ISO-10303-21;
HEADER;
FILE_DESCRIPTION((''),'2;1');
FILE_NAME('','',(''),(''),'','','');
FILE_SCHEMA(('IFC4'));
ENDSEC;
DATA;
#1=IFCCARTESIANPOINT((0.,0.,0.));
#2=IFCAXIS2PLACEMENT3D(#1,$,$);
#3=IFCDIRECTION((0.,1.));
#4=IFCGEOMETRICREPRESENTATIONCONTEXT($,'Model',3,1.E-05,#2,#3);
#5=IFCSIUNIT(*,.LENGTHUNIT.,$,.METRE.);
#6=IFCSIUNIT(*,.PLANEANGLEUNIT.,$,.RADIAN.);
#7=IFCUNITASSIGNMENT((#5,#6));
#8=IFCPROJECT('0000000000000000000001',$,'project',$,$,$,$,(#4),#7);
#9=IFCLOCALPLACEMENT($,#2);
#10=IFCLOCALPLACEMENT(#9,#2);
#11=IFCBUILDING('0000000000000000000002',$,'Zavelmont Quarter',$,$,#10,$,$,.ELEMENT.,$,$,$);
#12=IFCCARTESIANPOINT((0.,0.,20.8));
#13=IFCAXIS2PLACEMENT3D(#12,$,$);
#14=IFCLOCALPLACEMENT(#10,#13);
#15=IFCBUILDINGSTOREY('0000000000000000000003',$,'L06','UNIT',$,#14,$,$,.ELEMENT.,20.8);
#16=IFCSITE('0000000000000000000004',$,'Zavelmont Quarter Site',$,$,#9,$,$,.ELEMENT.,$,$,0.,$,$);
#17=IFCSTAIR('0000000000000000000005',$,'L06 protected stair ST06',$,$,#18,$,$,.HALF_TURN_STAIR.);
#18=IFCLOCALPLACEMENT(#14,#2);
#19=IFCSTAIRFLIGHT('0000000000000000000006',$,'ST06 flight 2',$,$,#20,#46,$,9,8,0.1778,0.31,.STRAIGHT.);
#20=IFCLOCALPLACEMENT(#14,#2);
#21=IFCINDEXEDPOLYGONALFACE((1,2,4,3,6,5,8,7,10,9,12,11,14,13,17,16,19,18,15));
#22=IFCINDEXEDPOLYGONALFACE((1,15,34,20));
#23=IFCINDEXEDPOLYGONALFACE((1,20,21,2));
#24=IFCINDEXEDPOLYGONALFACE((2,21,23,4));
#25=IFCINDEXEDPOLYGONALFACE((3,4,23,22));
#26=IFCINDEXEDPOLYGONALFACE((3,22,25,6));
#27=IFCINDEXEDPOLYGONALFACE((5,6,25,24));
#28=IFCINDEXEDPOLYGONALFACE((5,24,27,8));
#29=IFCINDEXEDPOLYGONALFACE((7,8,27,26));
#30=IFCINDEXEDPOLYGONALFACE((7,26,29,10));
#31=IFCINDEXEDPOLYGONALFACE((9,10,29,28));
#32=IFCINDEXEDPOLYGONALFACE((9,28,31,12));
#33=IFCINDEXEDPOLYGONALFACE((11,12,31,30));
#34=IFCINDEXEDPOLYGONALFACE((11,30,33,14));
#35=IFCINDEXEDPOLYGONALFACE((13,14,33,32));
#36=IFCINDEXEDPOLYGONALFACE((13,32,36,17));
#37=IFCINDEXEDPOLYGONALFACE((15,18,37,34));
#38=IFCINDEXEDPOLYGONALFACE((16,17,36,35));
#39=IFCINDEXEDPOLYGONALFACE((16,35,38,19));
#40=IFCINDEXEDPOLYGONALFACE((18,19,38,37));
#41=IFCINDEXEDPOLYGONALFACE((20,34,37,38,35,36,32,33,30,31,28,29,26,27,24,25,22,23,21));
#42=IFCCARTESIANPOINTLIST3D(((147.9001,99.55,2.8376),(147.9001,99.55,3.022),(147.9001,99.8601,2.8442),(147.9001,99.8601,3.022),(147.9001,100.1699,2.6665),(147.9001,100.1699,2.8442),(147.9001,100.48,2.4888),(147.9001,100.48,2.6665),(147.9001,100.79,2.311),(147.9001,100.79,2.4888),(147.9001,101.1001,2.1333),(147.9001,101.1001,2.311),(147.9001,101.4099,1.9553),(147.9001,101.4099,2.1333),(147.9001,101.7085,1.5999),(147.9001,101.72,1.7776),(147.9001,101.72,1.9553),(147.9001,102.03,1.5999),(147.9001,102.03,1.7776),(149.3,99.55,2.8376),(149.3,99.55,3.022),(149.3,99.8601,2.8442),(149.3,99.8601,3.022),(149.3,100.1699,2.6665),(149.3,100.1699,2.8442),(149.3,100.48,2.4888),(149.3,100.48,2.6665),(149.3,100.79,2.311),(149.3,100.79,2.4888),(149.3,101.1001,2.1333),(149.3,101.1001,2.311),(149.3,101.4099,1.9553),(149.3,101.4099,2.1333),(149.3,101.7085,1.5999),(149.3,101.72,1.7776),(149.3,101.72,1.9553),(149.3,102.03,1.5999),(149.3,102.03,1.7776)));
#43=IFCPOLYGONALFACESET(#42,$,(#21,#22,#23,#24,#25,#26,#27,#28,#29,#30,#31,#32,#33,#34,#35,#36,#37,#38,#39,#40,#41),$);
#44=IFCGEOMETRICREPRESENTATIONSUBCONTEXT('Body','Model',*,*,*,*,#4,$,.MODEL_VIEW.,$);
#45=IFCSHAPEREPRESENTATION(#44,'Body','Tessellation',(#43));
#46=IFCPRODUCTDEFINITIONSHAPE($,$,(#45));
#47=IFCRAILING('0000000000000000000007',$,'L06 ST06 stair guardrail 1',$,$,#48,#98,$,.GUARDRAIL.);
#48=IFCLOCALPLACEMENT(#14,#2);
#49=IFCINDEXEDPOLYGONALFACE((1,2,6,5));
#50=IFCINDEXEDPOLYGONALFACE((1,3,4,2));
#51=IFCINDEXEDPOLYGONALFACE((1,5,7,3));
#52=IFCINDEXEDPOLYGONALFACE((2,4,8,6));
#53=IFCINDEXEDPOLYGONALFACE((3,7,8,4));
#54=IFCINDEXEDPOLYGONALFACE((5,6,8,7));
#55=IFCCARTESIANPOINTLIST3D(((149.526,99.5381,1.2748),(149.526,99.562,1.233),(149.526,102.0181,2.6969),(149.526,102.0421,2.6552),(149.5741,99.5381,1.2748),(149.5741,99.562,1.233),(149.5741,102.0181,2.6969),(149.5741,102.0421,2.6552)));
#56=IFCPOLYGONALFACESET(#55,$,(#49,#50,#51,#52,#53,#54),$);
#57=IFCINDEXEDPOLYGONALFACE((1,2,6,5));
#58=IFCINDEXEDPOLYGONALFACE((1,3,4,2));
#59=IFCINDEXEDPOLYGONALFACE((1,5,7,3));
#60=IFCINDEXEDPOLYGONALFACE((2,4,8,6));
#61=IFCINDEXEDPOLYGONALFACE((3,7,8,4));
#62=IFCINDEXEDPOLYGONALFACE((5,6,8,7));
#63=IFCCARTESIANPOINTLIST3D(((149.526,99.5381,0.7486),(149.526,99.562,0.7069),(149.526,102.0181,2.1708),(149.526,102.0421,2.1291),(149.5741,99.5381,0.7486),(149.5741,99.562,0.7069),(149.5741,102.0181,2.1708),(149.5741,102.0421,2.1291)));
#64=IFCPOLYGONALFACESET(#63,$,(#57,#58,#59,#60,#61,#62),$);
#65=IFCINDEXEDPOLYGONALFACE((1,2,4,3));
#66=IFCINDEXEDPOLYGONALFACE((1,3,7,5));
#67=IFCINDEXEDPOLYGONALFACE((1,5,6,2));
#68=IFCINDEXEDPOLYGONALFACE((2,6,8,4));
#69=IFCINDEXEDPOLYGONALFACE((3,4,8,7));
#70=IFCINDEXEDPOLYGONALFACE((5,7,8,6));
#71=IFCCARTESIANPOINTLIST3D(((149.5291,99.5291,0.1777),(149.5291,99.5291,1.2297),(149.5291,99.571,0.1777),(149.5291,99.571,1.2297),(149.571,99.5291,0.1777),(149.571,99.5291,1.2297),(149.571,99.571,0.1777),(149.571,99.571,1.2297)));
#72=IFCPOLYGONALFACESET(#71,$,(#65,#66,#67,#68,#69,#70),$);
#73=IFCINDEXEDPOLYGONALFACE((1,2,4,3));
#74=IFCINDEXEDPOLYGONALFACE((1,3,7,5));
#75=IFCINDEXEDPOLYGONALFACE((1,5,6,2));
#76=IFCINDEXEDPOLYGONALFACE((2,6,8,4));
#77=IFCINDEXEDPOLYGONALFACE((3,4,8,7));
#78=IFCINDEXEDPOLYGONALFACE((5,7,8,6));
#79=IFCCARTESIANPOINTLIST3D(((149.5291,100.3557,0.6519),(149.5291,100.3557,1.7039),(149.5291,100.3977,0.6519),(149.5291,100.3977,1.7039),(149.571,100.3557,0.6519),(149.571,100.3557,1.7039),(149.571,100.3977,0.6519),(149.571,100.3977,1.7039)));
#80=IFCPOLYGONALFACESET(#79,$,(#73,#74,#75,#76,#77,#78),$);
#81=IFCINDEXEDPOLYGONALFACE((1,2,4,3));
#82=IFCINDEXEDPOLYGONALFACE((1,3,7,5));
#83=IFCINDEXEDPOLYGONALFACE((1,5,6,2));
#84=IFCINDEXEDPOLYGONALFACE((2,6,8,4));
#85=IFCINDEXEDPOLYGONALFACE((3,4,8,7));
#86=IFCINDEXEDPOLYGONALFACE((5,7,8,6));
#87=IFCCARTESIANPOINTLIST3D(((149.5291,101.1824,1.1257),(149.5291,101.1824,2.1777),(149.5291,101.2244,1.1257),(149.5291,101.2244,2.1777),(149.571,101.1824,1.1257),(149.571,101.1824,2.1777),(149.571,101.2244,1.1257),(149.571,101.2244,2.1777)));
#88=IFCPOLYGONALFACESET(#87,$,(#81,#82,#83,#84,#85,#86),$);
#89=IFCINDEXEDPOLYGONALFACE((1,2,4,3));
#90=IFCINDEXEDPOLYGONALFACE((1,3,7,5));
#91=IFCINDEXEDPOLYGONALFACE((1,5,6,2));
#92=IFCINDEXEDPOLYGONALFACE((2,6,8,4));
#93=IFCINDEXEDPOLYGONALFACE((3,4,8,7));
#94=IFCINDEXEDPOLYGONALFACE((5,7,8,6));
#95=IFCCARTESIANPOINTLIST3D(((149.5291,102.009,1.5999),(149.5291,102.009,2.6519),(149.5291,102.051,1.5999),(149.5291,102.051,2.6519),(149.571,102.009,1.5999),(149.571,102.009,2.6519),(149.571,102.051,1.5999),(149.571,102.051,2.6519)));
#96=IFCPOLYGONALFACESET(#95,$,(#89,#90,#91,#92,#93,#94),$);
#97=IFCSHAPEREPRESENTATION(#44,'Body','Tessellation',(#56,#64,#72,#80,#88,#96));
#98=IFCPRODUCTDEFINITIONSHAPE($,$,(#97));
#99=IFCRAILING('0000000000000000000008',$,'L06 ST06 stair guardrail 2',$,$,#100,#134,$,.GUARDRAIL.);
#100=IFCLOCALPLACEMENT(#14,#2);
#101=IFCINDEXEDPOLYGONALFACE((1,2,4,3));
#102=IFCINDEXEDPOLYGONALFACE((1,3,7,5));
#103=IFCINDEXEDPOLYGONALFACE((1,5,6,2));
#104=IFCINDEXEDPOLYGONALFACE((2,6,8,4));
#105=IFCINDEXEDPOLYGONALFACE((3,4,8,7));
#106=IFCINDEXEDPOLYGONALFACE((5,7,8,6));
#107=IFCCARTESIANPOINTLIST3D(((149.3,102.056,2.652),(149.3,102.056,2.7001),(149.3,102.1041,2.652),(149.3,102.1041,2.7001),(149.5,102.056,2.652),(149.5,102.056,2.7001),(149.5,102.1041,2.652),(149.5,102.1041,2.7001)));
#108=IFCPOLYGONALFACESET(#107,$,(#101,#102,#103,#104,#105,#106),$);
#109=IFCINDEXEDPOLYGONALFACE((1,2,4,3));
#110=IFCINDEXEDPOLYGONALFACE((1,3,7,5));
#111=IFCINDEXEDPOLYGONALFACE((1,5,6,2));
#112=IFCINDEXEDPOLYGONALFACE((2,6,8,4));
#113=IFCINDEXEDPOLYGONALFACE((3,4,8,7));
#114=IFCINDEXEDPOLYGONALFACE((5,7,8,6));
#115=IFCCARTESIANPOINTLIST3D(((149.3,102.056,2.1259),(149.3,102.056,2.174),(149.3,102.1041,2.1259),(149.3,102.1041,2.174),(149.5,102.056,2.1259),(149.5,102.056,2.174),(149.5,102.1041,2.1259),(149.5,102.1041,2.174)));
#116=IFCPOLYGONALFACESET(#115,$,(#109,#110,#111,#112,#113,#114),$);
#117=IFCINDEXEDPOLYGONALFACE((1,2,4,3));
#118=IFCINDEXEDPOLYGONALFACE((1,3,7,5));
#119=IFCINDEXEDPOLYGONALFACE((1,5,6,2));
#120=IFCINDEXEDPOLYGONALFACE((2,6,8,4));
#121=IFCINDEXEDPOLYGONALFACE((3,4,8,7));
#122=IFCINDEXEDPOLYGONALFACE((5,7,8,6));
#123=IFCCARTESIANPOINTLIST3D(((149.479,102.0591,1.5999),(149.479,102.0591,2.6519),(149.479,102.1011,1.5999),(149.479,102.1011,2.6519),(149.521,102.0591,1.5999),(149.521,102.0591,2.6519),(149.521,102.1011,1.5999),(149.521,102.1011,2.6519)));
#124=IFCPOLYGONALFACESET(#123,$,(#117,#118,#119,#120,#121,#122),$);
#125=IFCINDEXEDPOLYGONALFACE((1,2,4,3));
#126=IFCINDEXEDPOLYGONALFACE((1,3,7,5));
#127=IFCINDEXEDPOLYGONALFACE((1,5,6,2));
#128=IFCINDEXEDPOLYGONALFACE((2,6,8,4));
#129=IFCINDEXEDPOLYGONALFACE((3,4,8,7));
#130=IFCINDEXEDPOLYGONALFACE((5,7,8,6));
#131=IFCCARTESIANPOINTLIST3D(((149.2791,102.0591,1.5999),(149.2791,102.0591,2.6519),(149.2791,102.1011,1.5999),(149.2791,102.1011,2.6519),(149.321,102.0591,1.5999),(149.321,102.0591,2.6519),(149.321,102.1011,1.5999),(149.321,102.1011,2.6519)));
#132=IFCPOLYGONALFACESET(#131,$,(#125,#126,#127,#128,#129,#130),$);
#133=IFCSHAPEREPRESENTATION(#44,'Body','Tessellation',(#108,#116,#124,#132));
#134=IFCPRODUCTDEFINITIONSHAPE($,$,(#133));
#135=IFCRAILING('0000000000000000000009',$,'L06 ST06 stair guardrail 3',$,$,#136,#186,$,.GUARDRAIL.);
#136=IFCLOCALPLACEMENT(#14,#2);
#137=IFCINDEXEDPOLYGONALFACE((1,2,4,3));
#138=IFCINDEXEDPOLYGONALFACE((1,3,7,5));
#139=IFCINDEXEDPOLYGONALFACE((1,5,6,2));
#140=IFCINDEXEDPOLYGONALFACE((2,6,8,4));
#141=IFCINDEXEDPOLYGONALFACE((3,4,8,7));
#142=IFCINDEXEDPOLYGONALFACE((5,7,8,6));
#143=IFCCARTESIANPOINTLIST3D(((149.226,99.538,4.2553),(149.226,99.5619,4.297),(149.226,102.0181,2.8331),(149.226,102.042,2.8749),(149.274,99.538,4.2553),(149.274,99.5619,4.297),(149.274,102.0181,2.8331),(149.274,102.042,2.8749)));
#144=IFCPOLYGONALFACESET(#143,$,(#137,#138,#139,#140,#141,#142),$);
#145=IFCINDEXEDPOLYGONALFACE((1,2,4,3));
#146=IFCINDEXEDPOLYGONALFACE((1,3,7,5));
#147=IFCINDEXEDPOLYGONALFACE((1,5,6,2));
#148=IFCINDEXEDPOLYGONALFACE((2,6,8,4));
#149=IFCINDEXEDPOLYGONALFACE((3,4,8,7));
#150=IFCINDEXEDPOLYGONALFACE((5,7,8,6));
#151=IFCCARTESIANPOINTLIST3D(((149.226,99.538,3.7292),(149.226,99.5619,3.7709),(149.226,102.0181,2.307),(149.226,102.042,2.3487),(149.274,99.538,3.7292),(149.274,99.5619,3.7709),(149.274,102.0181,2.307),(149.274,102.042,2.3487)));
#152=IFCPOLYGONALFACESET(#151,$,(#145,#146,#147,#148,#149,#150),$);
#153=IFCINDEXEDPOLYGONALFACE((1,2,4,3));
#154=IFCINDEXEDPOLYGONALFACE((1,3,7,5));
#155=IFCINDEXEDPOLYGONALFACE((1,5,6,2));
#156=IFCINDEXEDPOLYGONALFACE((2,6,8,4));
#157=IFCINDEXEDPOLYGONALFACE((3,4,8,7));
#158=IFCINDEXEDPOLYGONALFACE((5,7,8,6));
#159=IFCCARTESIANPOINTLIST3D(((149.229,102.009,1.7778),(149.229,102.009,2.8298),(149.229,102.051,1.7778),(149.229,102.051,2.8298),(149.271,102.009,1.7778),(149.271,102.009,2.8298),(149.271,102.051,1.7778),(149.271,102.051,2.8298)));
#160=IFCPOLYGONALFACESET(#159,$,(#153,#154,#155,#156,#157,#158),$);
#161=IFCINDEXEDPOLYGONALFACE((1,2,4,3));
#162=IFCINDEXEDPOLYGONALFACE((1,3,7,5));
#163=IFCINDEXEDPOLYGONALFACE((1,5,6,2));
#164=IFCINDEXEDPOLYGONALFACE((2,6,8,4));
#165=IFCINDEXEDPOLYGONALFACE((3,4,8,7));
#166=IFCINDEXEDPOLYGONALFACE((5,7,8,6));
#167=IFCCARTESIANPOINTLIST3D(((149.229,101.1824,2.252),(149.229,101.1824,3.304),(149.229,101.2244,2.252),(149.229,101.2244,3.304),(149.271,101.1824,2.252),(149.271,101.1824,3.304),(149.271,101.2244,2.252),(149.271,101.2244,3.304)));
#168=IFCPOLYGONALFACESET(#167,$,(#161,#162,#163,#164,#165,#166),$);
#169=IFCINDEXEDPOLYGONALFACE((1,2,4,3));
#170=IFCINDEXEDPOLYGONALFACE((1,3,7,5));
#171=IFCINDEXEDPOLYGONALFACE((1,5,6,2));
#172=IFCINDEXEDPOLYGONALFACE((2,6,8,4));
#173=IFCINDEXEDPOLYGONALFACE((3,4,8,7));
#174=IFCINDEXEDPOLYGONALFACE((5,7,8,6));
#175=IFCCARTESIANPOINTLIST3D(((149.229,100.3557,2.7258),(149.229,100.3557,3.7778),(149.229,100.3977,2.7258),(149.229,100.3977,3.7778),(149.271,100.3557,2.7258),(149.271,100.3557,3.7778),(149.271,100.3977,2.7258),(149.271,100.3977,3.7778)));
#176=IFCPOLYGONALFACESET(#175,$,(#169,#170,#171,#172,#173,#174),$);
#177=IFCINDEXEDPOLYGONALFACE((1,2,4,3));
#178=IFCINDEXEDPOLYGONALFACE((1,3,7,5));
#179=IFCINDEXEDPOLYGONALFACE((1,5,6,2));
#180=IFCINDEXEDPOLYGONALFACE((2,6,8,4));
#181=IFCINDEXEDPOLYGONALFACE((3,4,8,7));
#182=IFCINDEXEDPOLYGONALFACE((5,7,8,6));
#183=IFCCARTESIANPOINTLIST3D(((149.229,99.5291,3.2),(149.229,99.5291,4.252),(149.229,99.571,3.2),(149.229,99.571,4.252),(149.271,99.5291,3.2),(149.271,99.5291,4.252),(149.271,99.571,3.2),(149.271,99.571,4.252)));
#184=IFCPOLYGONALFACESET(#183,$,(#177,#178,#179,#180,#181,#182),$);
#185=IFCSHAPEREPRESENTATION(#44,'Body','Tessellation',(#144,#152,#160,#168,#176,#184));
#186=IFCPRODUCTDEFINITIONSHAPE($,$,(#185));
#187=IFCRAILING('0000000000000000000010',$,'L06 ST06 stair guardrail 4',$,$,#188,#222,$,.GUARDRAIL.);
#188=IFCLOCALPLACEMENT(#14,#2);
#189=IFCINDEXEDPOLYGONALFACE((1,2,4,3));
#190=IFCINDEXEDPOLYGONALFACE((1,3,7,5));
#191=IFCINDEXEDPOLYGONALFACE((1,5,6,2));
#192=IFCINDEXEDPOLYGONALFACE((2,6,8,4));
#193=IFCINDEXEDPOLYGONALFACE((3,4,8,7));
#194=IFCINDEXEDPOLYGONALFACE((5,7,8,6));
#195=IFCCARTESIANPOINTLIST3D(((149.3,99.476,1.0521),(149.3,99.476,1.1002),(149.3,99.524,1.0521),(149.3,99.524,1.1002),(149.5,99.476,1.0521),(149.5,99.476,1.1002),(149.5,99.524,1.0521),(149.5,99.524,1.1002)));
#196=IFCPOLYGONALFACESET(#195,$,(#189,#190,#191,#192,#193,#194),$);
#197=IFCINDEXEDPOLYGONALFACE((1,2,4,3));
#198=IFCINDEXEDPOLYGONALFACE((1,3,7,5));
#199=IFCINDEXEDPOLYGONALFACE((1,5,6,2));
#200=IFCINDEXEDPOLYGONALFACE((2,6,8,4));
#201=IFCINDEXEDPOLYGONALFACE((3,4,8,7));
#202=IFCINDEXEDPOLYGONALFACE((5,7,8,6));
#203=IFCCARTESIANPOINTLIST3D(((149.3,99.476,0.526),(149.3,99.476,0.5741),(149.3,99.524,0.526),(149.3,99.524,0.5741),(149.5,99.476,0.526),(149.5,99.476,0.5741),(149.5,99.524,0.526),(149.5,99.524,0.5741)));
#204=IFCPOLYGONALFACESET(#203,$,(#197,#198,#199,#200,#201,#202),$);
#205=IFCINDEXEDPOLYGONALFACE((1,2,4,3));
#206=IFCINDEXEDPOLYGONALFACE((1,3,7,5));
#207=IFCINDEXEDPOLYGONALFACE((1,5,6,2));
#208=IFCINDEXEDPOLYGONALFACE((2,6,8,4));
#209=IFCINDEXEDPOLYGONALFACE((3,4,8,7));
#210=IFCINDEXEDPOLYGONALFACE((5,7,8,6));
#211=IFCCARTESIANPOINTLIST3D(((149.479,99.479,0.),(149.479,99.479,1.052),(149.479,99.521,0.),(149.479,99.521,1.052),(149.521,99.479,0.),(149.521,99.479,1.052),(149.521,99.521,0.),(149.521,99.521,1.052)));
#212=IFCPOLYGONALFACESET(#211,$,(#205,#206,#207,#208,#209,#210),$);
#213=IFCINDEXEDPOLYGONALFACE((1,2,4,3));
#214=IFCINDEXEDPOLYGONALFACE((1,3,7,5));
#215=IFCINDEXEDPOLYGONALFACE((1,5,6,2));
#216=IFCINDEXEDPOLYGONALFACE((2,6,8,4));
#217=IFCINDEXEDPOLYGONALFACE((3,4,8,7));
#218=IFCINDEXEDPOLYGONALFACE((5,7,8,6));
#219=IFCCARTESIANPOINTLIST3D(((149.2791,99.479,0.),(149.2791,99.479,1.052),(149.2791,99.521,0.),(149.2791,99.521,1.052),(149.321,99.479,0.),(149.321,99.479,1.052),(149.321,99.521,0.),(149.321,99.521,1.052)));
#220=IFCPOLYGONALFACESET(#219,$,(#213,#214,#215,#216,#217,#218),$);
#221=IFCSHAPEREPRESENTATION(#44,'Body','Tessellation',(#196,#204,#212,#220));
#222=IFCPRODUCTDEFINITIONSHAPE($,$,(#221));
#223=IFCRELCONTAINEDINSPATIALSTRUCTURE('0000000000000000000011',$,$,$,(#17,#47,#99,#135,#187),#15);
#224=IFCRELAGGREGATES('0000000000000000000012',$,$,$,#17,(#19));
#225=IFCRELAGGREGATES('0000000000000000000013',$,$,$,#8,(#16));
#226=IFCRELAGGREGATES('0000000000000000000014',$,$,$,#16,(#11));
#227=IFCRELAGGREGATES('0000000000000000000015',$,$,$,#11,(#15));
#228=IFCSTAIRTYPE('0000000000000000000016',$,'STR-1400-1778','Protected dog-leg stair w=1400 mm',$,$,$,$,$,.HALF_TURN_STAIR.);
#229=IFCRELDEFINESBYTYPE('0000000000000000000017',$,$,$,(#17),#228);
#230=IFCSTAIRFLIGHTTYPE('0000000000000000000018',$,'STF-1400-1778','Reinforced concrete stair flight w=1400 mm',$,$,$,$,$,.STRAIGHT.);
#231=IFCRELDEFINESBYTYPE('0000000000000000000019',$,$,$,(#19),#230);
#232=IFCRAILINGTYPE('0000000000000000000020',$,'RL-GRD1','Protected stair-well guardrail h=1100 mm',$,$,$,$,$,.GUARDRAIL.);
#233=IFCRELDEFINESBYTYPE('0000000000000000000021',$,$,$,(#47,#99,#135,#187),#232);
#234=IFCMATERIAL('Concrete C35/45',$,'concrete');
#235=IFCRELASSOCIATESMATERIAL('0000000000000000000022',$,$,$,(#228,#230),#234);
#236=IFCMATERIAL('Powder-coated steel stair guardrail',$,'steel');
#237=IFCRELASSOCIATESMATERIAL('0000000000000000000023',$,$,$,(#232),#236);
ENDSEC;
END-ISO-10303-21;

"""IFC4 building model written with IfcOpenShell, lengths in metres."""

from ifc_helpers import new_model, si_unit, direction, frame, origin, origin_2d, place, context, subcontext, project, spatial, polyline, rectangle, outline, extrude, material, type_object, element, aggregate, save


model = new_model("IFC4")

# Units and contexts
model_context = context("Model", 3, precision=1e-05, world=origin(), true_north=direction((0.0, 1.0)))
body_context = subcontext(model_context, "Body", "Model", "MODEL_VIEW")
ifc_project = project(units=[si_unit("LENGTHUNIT", "METRE"), si_unit("PLANEANGLEUNIT", "RADIAN")], contexts=[model_context])

# Site, building, storey
site_placement = place(None, origin())
site = spatial("IfcSite", under=ifc_project, at=site_placement, Name="Zavelmont Quarter Site", CompositionType="ELEMENT", RefElevation=0.0)
building_placement = place(site_placement, origin())
building = spatial("IfcBuilding", under=site, at=building_placement, Name="Zavelmont Quarter", CompositionType="ELEMENT")
storey_placement = place(building_placement, frame((0.0, 0.0, 20.8)))
storey = spatial("IfcBuildingStorey", under=building, at=storey_placement, Name="L06", Description="UNIT", CompositionType="ELEMENT", Elevation=20.8)

# Shared definitions
ifc_material_1 = material(Name="Concrete C35/45", Category="concrete")

# Stair, stair flight
stair_type = type_object("IfcStairType", Name="STR-1400-1778", Description="Protected dog-leg stair w=1400 mm", PredefinedType="HALF_TURN_STAIR", material=ifc_material_1)
stair_placement = place(storey_placement, origin())
stair = element("IfcStair", 1, at=stair_placement, inside=storey, type_object=stair_type, Name="L06 protected stair ST06", PredefinedType="HALF_TURN_STAIR")
stair_flight_type = type_object("IfcStairFlightType", Name="STF-1400-1778", Description="Reinforced concrete stair flight w=1400 mm", PredefinedType="STRAIGHT", material=ifc_material_1)
stair_flight_1_placement = place(storey_placement, frame((148.6001, 102.03, 1.5999), z_axis=(0.0, 0.0, 1.0), x_axis=(0.0, -1.0, 0.0)))
stair_flight_1 = element("IfcStairFlight", 2, at=stair_flight_1_placement, type_object=stair_flight_type, Name="ST06 flight 2", NumberOfRisers=9, NumberOfTreads=8, PredefinedType="STRAIGHT", RiserHeight=0.1778, TreadLength=0.31, context=body_context, shape_type="SweptSolid", body=[
    extrude(outline(polyline([(0.0, 0.0), (0.0, 0.1777), (0.3101, 0.1777), (0.3101, 0.3555), (0.6201, 0.3555), (0.6201, 0.5334), (0.9299, 0.5334), (0.9299, 0.7112), (1.24, 0.7112), (1.24, 0.8889), (1.55, 0.8889), (1.55, 1.0667), (1.8601, 1.0667), (1.8601, 1.2444), (2.1699, 1.2444), (2.1699, 1.4221), (2.48, 1.4221), (2.48, 1.6001), (2.48, 1.2378), (0.3215, 0.0), (0.0, 0.0)])), frame((0.0, 0.7, 0.0), z_axis=(0.0, -1.0, 0.0), x_axis=(1.0, 0.0, 0.0)), (0.0, 0.0, 1.0), 1.3999),
])
aggregate(stair, [stair_flight_1])

# Railings
ifc_material_2 = material(Name="Powder-coated steel stair guardrail", Category="steel")
railing_type_1 = type_object("IfcRailingType", Name="RL-GRD1", Description="Protected stair-well guardrail h=1100 mm", PredefinedType="GUARDRAIL", material=ifc_material_2)
railing_1_placement = place(storey_placement, frame((149.55, 99.55, 0.1777)))
element("IfcRailing", 3, at=railing_1_placement, inside=storey, type_object=railing_type_1, Name="L06 ST06 stair guardrail 1", PredefinedType="GUARDRAIL", context=body_context, shape_type="SweptSolid", body=[
    extrude(rectangle(XDim=0.0481, YDim=0.0481, at=origin_2d()), frame((0.0, 0.0, 1.0762), z_axis=(0.0, 0.867491, 0.497454), x_axis=(-1.0, 0.0, 0.0)), (0.0, 0.0, 1.0), 2.8589),
    extrude(rectangle(XDim=0.0481, YDim=0.0481, at=origin_2d()), frame((0.0, 0.0, 0.55), z_axis=(0.0, 0.867491, 0.497454), x_axis=(-1.0, 0.0, 0.0)), (0.0, 0.0, 1.0), 2.8589),
    extrude(rectangle(XDim=0.042, YDim=0.042, at=origin_2d()), origin(), (0.0, 0.0, 1.0), 1.052),
    extrude(rectangle(XDim=0.042, YDim=0.042, at=origin_2d()), frame((0.0, 0.8267, 0.4741)), (0.0, 0.0, 1.0), 1.052),
    extrude(rectangle(XDim=0.042, YDim=0.042, at=origin_2d()), frame((0.0, 1.6533, 0.948)), (0.0, 0.0, 1.0), 1.052),
    extrude(rectangle(XDim=0.042, YDim=0.042, at=origin_2d()), frame((0.0, 2.48, 1.4221)), (0.0, 0.0, 1.0), 1.052),
])
railing_2_placement = place(storey_placement, frame((149.5, 102.0801, 1.5999)))
element("IfcRailing", 4, at=railing_2_placement, inside=storey, type_object=railing_type_1, Name="L06 ST06 stair guardrail 2", PredefinedType="GUARDRAIL", context=body_context, shape_type="SweptSolid", body=[
    extrude(rectangle(XDim=0.0481, YDim=0.0481, at=origin_2d()), frame((0.0, 0.0, 1.0762), z_axis=(-1.0, 0.0, 0.0), x_axis=(0.0, -1.0, 0.0)), (0.0, 0.0, 1.0), 0.2),
    extrude(rectangle(XDim=0.0481, YDim=0.0481, at=origin_2d()), frame((0.0, 0.0, 0.55), z_axis=(-1.0, 0.0, 0.0), x_axis=(0.0, -1.0, 0.0)), (0.0, 0.0, 1.0), 0.2),
    extrude(rectangle(XDim=0.042, YDim=0.042, at=origin_2d()), origin(), (0.0, 0.0, 1.0), 1.052),
    extrude(rectangle(XDim=0.042, YDim=0.042, at=origin_2d()), frame((-0.2, 0.0, 0.0)), (0.0, 0.0, 1.0), 1.052),
])
railing_3_placement = place(storey_placement, frame((149.25, 102.03, 1.7778)))
element("IfcRailing", 5, at=railing_3_placement, inside=storey, type_object=railing_type_1, Name="L06 ST06 stair guardrail 3", PredefinedType="GUARDRAIL", context=body_context, shape_type="SweptSolid", body=[
    extrude(rectangle(XDim=0.0481, YDim=0.0481, at=origin_2d()), frame((0.0, 0.0, 1.0762), z_axis=(0.0, -0.867491, 0.497454), x_axis=(1.0, 0.0, 0.0)), (0.0, 0.0, 1.0), 2.8589),
    extrude(rectangle(XDim=0.0481, YDim=0.0481, at=origin_2d()), frame((0.0, 0.0, 0.55), z_axis=(0.0, -0.867491, 0.497454), x_axis=(1.0, 0.0, 0.0)), (0.0, 0.0, 1.0), 2.8589),
    extrude(rectangle(XDim=0.042, YDim=0.042, at=origin_2d()), origin(), (0.0, 0.0, 1.0), 1.052),
    extrude(rectangle(XDim=0.042, YDim=0.042, at=origin_2d()), frame((0.0, -0.8267, 0.4741)), (0.0, 0.0, 1.0), 1.052),
    extrude(rectangle(XDim=0.042, YDim=0.042, at=origin_2d()), frame((0.0, -1.6533, 0.948)), (0.0, 0.0, 1.0), 1.052),
    extrude(rectangle(XDim=0.042, YDim=0.042, at=origin_2d()), frame((0.0, -2.48, 1.4221)), (0.0, 0.0, 1.0), 1.052),
])
railing_4_placement = place(storey_placement, frame((149.5, 99.5, 0.0)))
element("IfcRailing", 6, at=railing_4_placement, inside=storey, type_object=railing_type_1, Name="L06 ST06 stair guardrail 4", PredefinedType="GUARDRAIL", context=body_context, shape_type="SweptSolid", body=[
    extrude(rectangle(XDim=0.0481, YDim=0.0481, at=origin_2d()), frame((0.0, 0.0, 1.0762), z_axis=(-1.0, 0.0, 0.0), x_axis=(0.0, -1.0, 0.0)), (0.0, 0.0, 1.0), 0.2),
    extrude(rectangle(XDim=0.0481, YDim=0.0481, at=origin_2d()), frame((0.0, 0.0, 0.55), z_axis=(-1.0, 0.0, 0.0), x_axis=(0.0, -1.0, 0.0)), (0.0, 0.0, 1.0), 0.2),
    extrude(rectangle(XDim=0.042, YDim=0.042, at=origin_2d()), origin(), (0.0, 0.0, 1.0), 1.052),
    extrude(rectangle(XDim=0.042, YDim=0.042, at=origin_2d()), frame((-0.2, 0.0, 0.0)), (0.0, 0.0, 1.0), 1.052),
])

save(model, "model.ifc")
